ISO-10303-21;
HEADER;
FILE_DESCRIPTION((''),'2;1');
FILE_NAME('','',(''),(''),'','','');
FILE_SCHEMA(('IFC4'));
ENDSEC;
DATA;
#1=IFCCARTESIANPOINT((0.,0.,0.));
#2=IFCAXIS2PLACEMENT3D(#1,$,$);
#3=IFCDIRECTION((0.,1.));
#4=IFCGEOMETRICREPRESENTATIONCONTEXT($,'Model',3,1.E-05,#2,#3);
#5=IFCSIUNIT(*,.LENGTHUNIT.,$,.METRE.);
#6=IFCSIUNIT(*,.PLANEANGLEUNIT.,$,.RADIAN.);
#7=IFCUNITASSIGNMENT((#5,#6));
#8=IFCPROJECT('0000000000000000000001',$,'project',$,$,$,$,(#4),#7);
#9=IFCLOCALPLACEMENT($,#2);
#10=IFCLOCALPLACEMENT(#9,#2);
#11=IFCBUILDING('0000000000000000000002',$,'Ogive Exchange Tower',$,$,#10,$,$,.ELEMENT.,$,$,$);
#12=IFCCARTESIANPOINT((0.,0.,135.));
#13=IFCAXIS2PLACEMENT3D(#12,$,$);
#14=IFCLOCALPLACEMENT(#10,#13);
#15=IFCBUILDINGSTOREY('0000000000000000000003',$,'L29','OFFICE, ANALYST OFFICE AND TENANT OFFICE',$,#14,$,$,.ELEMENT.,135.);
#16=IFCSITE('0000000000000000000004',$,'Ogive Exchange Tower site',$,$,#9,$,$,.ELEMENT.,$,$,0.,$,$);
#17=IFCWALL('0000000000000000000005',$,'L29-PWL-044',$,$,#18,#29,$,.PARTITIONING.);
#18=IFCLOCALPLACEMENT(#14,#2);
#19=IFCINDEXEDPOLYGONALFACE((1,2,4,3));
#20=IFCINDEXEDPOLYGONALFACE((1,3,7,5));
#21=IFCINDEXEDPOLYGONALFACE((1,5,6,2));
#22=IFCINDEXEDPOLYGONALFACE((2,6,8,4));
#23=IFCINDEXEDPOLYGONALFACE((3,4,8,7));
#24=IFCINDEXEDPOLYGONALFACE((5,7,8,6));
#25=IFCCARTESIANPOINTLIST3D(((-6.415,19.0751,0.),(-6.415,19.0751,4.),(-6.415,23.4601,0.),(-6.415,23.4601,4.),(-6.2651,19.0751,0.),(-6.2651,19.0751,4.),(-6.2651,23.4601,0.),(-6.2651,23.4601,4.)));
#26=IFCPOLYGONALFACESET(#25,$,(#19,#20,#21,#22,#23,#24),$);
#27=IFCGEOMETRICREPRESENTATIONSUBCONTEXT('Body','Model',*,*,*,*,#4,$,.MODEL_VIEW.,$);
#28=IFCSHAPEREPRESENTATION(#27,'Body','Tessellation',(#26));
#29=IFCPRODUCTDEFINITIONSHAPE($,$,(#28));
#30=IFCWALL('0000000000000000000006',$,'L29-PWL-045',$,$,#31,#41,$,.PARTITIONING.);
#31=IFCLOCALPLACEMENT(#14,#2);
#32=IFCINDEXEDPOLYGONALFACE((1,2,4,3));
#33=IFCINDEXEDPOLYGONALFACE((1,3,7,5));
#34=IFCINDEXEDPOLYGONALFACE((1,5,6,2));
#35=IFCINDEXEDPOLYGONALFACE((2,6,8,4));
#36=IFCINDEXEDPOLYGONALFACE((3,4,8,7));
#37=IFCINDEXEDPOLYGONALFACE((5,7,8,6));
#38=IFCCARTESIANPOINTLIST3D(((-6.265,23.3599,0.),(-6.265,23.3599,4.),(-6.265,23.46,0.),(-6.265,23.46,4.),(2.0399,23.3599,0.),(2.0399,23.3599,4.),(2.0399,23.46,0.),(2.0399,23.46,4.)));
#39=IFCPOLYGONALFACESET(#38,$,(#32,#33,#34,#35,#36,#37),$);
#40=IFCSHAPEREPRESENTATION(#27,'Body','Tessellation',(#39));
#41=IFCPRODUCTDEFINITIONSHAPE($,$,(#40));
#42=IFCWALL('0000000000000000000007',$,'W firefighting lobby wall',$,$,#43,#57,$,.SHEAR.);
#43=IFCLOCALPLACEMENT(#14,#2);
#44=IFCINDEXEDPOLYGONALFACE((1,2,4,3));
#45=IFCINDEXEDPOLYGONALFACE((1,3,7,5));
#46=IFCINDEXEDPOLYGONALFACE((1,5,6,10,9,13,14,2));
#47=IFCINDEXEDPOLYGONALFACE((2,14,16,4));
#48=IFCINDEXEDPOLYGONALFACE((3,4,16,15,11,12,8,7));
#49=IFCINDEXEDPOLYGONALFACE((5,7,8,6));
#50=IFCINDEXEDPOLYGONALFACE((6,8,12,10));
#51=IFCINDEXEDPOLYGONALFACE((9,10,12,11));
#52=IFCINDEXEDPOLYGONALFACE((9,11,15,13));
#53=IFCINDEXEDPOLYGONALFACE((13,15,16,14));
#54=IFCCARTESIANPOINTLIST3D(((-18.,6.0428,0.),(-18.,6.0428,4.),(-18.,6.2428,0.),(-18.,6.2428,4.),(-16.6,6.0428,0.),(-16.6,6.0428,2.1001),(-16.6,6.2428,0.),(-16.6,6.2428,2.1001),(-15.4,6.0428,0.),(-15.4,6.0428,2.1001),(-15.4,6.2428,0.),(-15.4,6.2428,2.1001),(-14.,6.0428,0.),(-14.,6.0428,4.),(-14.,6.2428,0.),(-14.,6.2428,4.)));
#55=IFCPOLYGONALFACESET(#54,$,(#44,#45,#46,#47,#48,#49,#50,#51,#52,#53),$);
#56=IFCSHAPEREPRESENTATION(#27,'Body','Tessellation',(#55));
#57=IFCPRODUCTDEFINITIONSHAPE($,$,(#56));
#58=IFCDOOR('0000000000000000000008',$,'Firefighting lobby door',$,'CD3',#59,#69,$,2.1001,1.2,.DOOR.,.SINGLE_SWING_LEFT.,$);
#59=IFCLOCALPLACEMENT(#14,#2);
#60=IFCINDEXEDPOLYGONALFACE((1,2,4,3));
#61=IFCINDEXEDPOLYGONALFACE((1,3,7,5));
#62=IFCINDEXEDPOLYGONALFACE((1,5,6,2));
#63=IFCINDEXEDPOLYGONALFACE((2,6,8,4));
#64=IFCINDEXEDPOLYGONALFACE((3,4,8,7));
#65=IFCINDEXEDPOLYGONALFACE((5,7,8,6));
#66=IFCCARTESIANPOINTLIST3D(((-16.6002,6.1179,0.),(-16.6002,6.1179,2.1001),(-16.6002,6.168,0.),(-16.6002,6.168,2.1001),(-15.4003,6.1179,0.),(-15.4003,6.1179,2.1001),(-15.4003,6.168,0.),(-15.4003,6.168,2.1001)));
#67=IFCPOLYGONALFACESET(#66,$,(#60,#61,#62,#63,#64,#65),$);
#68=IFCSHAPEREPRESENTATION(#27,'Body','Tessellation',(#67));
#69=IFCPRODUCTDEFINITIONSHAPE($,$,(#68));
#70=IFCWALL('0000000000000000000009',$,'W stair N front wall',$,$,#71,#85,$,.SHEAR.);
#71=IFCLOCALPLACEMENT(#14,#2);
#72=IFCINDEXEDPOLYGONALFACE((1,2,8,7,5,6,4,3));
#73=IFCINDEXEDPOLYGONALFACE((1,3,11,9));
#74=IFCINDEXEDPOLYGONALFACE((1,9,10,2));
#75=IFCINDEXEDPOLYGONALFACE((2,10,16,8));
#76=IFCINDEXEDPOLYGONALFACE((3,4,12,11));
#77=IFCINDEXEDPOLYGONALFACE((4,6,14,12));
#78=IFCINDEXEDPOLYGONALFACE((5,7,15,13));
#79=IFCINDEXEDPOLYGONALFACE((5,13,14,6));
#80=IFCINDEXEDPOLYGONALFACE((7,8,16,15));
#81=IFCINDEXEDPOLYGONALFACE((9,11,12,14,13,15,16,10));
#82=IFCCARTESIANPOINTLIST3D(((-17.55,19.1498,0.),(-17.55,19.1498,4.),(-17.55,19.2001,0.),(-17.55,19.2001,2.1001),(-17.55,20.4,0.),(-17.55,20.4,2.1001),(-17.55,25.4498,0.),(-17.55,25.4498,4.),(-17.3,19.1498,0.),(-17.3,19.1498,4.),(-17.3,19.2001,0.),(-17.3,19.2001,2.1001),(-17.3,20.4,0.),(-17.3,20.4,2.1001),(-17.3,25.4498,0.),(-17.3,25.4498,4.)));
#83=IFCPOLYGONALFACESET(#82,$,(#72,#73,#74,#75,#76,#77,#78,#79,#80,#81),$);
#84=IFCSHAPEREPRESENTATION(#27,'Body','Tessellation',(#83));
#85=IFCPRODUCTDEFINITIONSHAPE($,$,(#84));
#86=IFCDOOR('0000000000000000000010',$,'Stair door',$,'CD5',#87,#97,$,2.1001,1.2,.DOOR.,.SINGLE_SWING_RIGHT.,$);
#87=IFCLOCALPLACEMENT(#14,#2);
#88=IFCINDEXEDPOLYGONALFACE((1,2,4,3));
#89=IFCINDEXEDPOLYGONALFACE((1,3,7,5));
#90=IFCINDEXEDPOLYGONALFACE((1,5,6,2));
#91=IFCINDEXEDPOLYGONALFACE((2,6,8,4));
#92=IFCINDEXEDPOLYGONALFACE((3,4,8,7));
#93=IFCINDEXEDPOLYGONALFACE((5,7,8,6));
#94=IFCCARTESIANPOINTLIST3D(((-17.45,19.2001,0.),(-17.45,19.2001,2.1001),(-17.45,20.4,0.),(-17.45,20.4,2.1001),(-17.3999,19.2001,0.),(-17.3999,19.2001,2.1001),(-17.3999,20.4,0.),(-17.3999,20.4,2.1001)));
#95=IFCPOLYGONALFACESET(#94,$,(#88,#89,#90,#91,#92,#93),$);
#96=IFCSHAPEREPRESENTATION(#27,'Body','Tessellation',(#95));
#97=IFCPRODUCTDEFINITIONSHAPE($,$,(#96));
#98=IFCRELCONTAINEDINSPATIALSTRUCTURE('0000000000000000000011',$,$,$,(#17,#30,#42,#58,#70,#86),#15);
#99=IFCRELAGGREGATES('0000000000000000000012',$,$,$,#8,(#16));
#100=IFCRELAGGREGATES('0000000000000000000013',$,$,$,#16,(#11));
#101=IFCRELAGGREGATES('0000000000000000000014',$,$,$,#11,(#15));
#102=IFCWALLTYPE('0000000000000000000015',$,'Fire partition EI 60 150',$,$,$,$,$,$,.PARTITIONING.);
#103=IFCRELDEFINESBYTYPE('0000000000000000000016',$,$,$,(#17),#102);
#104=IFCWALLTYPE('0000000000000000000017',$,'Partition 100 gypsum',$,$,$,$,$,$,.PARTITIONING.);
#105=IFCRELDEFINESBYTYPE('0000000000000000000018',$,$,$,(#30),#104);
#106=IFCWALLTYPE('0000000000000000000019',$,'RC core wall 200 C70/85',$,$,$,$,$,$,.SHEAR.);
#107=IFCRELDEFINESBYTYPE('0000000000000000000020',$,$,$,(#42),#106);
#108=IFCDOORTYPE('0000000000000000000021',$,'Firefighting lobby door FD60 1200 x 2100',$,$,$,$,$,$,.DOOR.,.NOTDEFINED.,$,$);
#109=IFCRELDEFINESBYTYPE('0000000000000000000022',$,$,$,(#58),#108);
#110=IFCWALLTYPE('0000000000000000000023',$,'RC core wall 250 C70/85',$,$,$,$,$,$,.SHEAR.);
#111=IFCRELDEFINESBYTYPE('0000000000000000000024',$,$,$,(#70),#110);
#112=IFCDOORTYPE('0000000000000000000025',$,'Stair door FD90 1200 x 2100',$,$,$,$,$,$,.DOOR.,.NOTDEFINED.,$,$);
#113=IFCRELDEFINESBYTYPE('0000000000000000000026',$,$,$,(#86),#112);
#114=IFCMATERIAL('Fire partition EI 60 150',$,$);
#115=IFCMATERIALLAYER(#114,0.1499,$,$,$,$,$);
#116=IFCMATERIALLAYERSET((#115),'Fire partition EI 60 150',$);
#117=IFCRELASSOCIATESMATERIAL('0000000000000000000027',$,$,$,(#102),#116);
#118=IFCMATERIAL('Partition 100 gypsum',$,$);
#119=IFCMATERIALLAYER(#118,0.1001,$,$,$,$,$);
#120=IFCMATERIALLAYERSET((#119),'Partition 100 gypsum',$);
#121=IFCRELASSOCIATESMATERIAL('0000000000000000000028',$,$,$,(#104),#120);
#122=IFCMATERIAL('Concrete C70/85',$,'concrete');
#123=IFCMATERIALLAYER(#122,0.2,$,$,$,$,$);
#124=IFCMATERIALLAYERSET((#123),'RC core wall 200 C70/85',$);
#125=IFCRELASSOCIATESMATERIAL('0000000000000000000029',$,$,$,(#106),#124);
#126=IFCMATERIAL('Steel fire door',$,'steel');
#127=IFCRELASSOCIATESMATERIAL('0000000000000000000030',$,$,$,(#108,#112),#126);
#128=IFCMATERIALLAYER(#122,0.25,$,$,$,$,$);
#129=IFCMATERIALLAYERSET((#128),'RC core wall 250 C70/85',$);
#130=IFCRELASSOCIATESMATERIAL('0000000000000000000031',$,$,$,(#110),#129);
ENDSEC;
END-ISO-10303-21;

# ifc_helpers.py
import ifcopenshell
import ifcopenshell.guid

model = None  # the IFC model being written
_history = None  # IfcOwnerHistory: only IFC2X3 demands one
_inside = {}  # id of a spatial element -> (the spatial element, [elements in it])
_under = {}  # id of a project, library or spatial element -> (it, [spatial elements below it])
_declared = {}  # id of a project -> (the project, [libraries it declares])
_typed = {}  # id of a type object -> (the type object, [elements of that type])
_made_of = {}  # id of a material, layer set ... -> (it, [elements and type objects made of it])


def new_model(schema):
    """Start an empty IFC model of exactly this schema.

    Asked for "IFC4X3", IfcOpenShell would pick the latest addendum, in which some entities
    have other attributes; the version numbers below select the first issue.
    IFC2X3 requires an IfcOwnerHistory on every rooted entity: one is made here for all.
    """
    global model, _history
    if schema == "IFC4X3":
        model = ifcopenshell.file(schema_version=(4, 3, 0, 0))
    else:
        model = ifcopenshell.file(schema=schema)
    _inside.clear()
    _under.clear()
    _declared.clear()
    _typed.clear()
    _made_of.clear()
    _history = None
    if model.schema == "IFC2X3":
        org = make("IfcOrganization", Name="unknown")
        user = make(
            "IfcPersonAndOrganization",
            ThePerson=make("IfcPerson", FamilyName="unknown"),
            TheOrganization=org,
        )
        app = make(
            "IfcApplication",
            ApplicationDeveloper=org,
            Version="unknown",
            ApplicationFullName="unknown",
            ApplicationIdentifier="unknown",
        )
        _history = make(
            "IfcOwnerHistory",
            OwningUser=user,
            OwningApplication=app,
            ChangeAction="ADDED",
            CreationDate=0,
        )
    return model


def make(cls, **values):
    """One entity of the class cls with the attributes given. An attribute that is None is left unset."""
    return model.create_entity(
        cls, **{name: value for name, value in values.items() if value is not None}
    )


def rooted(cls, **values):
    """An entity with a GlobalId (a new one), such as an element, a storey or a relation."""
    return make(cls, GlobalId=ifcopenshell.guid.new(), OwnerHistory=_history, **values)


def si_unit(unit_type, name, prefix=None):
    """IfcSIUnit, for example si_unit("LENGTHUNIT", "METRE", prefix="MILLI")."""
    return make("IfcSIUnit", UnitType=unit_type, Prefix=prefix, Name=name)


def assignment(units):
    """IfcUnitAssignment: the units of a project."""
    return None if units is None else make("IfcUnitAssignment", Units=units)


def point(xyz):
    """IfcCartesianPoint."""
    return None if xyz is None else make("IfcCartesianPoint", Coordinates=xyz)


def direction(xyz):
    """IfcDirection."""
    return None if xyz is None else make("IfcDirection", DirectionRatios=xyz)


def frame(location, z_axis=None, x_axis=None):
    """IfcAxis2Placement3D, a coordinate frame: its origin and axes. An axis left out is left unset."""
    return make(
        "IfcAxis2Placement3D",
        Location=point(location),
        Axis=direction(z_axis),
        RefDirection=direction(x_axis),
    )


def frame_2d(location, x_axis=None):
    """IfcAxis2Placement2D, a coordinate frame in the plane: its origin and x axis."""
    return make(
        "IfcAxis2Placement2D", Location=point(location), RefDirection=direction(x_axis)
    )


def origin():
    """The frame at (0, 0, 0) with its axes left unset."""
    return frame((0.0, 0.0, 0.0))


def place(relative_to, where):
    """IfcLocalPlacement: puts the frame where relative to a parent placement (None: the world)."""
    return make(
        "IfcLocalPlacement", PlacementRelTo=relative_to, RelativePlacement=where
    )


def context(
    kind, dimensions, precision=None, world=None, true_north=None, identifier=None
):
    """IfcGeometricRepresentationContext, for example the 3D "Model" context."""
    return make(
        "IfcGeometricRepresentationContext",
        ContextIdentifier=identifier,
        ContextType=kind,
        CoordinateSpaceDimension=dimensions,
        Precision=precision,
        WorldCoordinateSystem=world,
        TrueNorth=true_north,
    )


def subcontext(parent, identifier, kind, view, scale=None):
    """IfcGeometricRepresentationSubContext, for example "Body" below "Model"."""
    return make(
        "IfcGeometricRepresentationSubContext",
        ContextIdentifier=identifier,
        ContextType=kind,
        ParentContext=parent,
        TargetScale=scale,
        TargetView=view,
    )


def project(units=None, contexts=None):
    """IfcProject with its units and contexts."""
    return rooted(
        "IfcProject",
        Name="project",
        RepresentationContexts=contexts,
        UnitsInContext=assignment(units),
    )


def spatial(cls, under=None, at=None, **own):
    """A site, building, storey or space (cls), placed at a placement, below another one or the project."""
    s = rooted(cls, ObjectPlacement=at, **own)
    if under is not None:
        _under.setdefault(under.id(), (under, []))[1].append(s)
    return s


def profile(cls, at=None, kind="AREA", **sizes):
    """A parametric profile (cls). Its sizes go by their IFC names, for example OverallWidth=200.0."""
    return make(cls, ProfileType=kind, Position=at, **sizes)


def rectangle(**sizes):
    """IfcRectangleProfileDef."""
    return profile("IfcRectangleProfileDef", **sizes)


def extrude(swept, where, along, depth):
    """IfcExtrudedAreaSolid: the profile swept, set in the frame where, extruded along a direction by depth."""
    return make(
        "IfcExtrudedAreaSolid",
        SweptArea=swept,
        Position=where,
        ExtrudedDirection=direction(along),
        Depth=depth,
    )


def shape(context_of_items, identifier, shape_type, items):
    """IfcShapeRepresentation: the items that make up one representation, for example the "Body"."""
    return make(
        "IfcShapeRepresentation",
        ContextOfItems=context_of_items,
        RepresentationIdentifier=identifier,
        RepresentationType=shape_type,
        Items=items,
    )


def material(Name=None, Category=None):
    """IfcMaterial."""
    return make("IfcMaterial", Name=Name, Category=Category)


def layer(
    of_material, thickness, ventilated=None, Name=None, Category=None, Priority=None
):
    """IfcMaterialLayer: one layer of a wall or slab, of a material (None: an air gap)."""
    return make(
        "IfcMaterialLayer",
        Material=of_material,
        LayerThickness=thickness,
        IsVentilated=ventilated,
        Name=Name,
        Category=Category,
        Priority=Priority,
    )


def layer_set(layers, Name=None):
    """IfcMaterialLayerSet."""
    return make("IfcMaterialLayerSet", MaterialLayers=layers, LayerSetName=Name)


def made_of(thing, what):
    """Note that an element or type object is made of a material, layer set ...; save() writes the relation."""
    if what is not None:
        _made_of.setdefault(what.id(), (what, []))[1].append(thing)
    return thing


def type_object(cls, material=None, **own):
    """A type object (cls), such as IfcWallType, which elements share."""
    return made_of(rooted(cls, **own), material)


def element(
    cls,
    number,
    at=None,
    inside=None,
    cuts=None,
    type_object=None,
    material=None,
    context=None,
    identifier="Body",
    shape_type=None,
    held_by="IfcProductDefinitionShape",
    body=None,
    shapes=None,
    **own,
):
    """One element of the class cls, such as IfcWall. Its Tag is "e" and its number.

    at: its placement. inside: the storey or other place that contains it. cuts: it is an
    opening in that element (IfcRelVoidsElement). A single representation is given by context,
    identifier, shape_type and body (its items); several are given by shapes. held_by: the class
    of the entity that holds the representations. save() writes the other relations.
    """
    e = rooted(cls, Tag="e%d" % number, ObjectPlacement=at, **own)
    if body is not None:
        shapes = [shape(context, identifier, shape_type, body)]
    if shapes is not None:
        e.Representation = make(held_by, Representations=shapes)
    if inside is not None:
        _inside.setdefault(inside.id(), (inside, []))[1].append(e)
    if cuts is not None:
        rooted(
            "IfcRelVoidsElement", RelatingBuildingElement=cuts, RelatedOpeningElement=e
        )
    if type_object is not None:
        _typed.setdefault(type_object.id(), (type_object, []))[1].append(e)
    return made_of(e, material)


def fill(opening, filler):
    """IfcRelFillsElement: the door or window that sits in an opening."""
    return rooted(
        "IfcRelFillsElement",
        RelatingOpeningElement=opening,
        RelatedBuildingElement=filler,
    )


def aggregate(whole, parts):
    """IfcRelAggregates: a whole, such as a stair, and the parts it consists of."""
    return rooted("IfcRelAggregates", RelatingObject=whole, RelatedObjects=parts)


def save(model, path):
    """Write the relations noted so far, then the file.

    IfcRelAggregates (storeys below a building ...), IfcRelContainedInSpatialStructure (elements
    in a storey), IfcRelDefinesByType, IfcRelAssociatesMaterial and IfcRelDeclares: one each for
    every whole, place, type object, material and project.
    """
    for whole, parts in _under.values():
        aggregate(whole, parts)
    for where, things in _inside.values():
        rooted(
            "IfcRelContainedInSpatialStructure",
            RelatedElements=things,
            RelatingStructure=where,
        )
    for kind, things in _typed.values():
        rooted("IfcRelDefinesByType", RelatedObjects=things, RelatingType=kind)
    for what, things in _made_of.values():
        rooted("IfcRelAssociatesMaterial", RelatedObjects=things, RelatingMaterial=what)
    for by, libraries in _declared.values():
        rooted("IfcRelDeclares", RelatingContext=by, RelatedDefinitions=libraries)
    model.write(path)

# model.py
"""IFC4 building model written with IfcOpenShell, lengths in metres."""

from ifc_helpers import new_model, si_unit, direction, frame, frame_2d, origin, place, context, subcontext, project, spatial, rectangle, extrude, material, layer, layer_set, type_object, element, fill, save


model = new_model("IFC4")

# Units and contexts
model_context = context("Model", 3, precision=1e-05, world=origin(), true_north=direction((0.0, 1.0)))
body_context = subcontext(model_context, "Body", "Model", "MODEL_VIEW")
ifc_project = project(units=[si_unit("LENGTHUNIT", "METRE"), si_unit("PLANEANGLEUNIT", "RADIAN")], contexts=[model_context])

# Site, building, storey
site_placement = place(None, origin())
site = spatial("IfcSite", under=ifc_project, at=site_placement, Name="Ogive Exchange Tower site", CompositionType="ELEMENT", RefElevation=0.0)
building_placement = place(site_placement, origin())
building = spatial("IfcBuilding", under=site, at=building_placement, Name="Ogive Exchange Tower", CompositionType="ELEMENT")
storey_placement = place(building_placement, frame((0.0, 0.0, 135.0)))
storey = spatial("IfcBuildingStorey", under=building, at=storey_placement, Name="L29", Description="OFFICE, ANALYST OFFICE AND TENANT OFFICE", CompositionType="ELEMENT", Elevation=135.0)

# Shared definitions
ifc_material_1 = material(Name="Fire partition EI 60 150")
ifc_layer_1 = layer(ifc_material_1, 0.1499)
ifc_layer_set_1 = layer_set([ifc_layer_1], Name="Fire partition EI 60 150")
wall_type_1 = type_object("IfcWallType", Name="Fire partition EI 60 150", PredefinedType="PARTITIONING", material=ifc_layer_set_1)

# Walls
wall_1_placement = place(storey_placement, frame((-6.3401, 23.46, 0.0), z_axis=(0.0, 0.0, 1.0), x_axis=(0.0, -1.0, 0.0)))
element("IfcWall", 1, at=wall_1_placement, inside=storey, type_object=wall_type_1, Name="L29-PWL-044", PredefinedType="PARTITIONING", context=body_context, shape_type="SweptSolid", body=[
    extrude(rectangle(XDim=4.385, YDim=0.1499, at=frame_2d((2.1924, 0.0))), origin(), (0.0, 0.0, 1.0), 4.0),
])
ifc_material_2 = material(Name="Partition 100 gypsum")
ifc_layer_2 = layer(ifc_material_2, 0.1001)
ifc_layer_set_2 = layer_set([ifc_layer_2], Name="Partition 100 gypsum")
wall_type_2 = type_object("IfcWallType", Name="Partition 100 gypsum", PredefinedType="PARTITIONING", material=ifc_layer_set_2)
wall_2_placement = place(storey_placement, frame((-6.2649, 23.4099, 0.0), z_axis=(0.0, 0.0, 1.0), x_axis=(1.0, 0.0, 0.0)))
element("IfcWall", 2, at=wall_2_placement, inside=storey, type_object=wall_type_2, Name="L29-PWL-045", PredefinedType="PARTITIONING", context=body_context, shape_type="SweptSolid", body=[
    extrude(rectangle(XDim=8.3049, YDim=0.1001, at=frame_2d((4.1523, 0.0))), origin(), (0.0, 0.0, 1.0), 4.0),
])

# Walls, openings, doors
ifc_material_3 = material(Name="Concrete C70/85", Category="concrete")
ifc_layer_3 = layer(ifc_material_3, 0.2)
ifc_layer_set_3 = layer_set([ifc_layer_3], Name="RC core wall 200 C70/85")
wall_type_3 = type_object("IfcWallType", Name="RC core wall 200 C70/85", PredefinedType="SHEAR", material=ifc_layer_set_3)
wall_3_placement = place(storey_placement, frame((-18.0, 6.1428, 0.0), z_axis=(0.0, 0.0, 1.0), x_axis=(1.0, 0.0, 0.0)))
wall_3 = element("IfcWall", 3, at=wall_3_placement, inside=storey, type_object=wall_type_3, Name="W firefighting lobby wall", PredefinedType="SHEAR", context=body_context, shape_type="SweptSolid", body=[
    extrude(rectangle(XDim=4.0, YDim=0.2, at=frame_2d((2.0, 0.0))), origin(), (0.0, 0.0, 1.0), 4.0),
])
opening_1_placement = place(wall_3_placement, frame((1.3999, 0.0, 0.0)))
opening_1 = element("IfcOpeningElement", 4, at=opening_1_placement, cuts=wall_3, PredefinedType="OPENING", context=body_context, shape_type="SweptSolid", body=[
    extrude(rectangle(XDim=1.2, YDim=2.1001, at=frame_2d((0.6001, 1.05))), frame((0.0, 0.1099, 0.0), z_axis=(0.0, -1.0, 0.0), x_axis=(1.0, 0.0, 0.0)), (0.0, 0.0, 1.0), 0.22),
])
ifc_material_4 = material(Name="Steel fire door", Category="steel")
door_type_1 = type_object("IfcDoorType", Name="Firefighting lobby door FD60 1200 x 2100", OperationType="NOTDEFINED", PredefinedType="DOOR", material=ifc_material_4)
door_1_placement = place(opening_1_placement, frame((1.2, 0.0, 0.0), z_axis=(0.0, 0.0, 1.0), x_axis=(-1.0, 0.0, 0.0)))
door_1 = element("IfcDoor", 5, at=door_1_placement, inside=storey, type_object=door_type_1, Name="Firefighting lobby door", ObjectType="CD3", OperationType="SINGLE_SWING_LEFT", OverallHeight=2.1001, OverallWidth=1.2, PredefinedType="DOOR", context=body_context, shape_type="SweptSolid", body=[
    extrude(rectangle(XDim=1.2, YDim=2.1001, at=frame_2d((0.6001, 1.05))), frame((0.0, 0.0249, 0.0), z_axis=(0.0, -1.0, 0.0), x_axis=(1.0, 0.0, 0.0)), (0.0, 0.0, 1.0), 0.05),
])
fill(opening_1, door_1)
ifc_layer_4 = layer(ifc_material_3, 0.25)
ifc_layer_set_4 = layer_set([ifc_layer_4], Name="RC core wall 250 C70/85")
wall_type_4 = type_object("IfcWallType", Name="RC core wall 250 C70/85", PredefinedType="SHEAR", material=ifc_layer_set_4)
wall_4_placement = place(storey_placement, frame((-17.425, 19.1499, 0.0), z_axis=(0.0, 0.0, 1.0), x_axis=(0.0, 1.0, 0.0)))
wall_4 = element("IfcWall", 6, at=wall_4_placement, inside=storey, type_object=wall_type_4, Name="W stair N front wall", PredefinedType="SHEAR", context=body_context, shape_type="SweptSolid", body=[
    extrude(rectangle(XDim=6.3, YDim=0.25, at=frame_2d((3.1499, 0.0))), origin(), (0.0, 0.0, 1.0), 4.0),
])
opening_2_placement = place(wall_4_placement, frame((0.05, 0.0, 0.0)))
opening_2 = element("IfcOpeningElement", 7, at=opening_2_placement, cuts=wall_4, PredefinedType="OPENING", context=body_context, shape_type="SweptSolid", body=[
    extrude(rectangle(XDim=1.2, YDim=2.1001, at=frame_2d((0.6001, 1.05))), frame((0.0, 0.135, 0.0), z_axis=(0.0, -1.0, 0.0), x_axis=(1.0, 0.0, 0.0)), (0.0, 0.0, 1.0), 0.27),
])
door_type_2 = type_object("IfcDoorType", Name="Stair door FD90 1200 x 2100", OperationType="NOTDEFINED", PredefinedType="DOOR", material=ifc_material_4)
door_2_placement = place(opening_2_placement, origin())
door_2 = element("IfcDoor", 8, at=door_2_placement, inside=storey, type_object=door_type_2, Name="Stair door", ObjectType="CD5", OperationType="SINGLE_SWING_RIGHT", OverallHeight=2.1001, OverallWidth=1.2, PredefinedType="DOOR", context=body_context, shape_type="SweptSolid", body=[
    extrude(rectangle(XDim=1.2, YDim=2.1001, at=frame_2d((0.6001, 1.05))), frame((0.0, 0.0249, 0.0), z_axis=(0.0, -1.0, 0.0), x_axis=(1.0, 0.0, 0.0)), (0.0, 0.0, 1.0), 0.05),
])
fill(opening_2, door_2)

save(model, "model.ifc")
